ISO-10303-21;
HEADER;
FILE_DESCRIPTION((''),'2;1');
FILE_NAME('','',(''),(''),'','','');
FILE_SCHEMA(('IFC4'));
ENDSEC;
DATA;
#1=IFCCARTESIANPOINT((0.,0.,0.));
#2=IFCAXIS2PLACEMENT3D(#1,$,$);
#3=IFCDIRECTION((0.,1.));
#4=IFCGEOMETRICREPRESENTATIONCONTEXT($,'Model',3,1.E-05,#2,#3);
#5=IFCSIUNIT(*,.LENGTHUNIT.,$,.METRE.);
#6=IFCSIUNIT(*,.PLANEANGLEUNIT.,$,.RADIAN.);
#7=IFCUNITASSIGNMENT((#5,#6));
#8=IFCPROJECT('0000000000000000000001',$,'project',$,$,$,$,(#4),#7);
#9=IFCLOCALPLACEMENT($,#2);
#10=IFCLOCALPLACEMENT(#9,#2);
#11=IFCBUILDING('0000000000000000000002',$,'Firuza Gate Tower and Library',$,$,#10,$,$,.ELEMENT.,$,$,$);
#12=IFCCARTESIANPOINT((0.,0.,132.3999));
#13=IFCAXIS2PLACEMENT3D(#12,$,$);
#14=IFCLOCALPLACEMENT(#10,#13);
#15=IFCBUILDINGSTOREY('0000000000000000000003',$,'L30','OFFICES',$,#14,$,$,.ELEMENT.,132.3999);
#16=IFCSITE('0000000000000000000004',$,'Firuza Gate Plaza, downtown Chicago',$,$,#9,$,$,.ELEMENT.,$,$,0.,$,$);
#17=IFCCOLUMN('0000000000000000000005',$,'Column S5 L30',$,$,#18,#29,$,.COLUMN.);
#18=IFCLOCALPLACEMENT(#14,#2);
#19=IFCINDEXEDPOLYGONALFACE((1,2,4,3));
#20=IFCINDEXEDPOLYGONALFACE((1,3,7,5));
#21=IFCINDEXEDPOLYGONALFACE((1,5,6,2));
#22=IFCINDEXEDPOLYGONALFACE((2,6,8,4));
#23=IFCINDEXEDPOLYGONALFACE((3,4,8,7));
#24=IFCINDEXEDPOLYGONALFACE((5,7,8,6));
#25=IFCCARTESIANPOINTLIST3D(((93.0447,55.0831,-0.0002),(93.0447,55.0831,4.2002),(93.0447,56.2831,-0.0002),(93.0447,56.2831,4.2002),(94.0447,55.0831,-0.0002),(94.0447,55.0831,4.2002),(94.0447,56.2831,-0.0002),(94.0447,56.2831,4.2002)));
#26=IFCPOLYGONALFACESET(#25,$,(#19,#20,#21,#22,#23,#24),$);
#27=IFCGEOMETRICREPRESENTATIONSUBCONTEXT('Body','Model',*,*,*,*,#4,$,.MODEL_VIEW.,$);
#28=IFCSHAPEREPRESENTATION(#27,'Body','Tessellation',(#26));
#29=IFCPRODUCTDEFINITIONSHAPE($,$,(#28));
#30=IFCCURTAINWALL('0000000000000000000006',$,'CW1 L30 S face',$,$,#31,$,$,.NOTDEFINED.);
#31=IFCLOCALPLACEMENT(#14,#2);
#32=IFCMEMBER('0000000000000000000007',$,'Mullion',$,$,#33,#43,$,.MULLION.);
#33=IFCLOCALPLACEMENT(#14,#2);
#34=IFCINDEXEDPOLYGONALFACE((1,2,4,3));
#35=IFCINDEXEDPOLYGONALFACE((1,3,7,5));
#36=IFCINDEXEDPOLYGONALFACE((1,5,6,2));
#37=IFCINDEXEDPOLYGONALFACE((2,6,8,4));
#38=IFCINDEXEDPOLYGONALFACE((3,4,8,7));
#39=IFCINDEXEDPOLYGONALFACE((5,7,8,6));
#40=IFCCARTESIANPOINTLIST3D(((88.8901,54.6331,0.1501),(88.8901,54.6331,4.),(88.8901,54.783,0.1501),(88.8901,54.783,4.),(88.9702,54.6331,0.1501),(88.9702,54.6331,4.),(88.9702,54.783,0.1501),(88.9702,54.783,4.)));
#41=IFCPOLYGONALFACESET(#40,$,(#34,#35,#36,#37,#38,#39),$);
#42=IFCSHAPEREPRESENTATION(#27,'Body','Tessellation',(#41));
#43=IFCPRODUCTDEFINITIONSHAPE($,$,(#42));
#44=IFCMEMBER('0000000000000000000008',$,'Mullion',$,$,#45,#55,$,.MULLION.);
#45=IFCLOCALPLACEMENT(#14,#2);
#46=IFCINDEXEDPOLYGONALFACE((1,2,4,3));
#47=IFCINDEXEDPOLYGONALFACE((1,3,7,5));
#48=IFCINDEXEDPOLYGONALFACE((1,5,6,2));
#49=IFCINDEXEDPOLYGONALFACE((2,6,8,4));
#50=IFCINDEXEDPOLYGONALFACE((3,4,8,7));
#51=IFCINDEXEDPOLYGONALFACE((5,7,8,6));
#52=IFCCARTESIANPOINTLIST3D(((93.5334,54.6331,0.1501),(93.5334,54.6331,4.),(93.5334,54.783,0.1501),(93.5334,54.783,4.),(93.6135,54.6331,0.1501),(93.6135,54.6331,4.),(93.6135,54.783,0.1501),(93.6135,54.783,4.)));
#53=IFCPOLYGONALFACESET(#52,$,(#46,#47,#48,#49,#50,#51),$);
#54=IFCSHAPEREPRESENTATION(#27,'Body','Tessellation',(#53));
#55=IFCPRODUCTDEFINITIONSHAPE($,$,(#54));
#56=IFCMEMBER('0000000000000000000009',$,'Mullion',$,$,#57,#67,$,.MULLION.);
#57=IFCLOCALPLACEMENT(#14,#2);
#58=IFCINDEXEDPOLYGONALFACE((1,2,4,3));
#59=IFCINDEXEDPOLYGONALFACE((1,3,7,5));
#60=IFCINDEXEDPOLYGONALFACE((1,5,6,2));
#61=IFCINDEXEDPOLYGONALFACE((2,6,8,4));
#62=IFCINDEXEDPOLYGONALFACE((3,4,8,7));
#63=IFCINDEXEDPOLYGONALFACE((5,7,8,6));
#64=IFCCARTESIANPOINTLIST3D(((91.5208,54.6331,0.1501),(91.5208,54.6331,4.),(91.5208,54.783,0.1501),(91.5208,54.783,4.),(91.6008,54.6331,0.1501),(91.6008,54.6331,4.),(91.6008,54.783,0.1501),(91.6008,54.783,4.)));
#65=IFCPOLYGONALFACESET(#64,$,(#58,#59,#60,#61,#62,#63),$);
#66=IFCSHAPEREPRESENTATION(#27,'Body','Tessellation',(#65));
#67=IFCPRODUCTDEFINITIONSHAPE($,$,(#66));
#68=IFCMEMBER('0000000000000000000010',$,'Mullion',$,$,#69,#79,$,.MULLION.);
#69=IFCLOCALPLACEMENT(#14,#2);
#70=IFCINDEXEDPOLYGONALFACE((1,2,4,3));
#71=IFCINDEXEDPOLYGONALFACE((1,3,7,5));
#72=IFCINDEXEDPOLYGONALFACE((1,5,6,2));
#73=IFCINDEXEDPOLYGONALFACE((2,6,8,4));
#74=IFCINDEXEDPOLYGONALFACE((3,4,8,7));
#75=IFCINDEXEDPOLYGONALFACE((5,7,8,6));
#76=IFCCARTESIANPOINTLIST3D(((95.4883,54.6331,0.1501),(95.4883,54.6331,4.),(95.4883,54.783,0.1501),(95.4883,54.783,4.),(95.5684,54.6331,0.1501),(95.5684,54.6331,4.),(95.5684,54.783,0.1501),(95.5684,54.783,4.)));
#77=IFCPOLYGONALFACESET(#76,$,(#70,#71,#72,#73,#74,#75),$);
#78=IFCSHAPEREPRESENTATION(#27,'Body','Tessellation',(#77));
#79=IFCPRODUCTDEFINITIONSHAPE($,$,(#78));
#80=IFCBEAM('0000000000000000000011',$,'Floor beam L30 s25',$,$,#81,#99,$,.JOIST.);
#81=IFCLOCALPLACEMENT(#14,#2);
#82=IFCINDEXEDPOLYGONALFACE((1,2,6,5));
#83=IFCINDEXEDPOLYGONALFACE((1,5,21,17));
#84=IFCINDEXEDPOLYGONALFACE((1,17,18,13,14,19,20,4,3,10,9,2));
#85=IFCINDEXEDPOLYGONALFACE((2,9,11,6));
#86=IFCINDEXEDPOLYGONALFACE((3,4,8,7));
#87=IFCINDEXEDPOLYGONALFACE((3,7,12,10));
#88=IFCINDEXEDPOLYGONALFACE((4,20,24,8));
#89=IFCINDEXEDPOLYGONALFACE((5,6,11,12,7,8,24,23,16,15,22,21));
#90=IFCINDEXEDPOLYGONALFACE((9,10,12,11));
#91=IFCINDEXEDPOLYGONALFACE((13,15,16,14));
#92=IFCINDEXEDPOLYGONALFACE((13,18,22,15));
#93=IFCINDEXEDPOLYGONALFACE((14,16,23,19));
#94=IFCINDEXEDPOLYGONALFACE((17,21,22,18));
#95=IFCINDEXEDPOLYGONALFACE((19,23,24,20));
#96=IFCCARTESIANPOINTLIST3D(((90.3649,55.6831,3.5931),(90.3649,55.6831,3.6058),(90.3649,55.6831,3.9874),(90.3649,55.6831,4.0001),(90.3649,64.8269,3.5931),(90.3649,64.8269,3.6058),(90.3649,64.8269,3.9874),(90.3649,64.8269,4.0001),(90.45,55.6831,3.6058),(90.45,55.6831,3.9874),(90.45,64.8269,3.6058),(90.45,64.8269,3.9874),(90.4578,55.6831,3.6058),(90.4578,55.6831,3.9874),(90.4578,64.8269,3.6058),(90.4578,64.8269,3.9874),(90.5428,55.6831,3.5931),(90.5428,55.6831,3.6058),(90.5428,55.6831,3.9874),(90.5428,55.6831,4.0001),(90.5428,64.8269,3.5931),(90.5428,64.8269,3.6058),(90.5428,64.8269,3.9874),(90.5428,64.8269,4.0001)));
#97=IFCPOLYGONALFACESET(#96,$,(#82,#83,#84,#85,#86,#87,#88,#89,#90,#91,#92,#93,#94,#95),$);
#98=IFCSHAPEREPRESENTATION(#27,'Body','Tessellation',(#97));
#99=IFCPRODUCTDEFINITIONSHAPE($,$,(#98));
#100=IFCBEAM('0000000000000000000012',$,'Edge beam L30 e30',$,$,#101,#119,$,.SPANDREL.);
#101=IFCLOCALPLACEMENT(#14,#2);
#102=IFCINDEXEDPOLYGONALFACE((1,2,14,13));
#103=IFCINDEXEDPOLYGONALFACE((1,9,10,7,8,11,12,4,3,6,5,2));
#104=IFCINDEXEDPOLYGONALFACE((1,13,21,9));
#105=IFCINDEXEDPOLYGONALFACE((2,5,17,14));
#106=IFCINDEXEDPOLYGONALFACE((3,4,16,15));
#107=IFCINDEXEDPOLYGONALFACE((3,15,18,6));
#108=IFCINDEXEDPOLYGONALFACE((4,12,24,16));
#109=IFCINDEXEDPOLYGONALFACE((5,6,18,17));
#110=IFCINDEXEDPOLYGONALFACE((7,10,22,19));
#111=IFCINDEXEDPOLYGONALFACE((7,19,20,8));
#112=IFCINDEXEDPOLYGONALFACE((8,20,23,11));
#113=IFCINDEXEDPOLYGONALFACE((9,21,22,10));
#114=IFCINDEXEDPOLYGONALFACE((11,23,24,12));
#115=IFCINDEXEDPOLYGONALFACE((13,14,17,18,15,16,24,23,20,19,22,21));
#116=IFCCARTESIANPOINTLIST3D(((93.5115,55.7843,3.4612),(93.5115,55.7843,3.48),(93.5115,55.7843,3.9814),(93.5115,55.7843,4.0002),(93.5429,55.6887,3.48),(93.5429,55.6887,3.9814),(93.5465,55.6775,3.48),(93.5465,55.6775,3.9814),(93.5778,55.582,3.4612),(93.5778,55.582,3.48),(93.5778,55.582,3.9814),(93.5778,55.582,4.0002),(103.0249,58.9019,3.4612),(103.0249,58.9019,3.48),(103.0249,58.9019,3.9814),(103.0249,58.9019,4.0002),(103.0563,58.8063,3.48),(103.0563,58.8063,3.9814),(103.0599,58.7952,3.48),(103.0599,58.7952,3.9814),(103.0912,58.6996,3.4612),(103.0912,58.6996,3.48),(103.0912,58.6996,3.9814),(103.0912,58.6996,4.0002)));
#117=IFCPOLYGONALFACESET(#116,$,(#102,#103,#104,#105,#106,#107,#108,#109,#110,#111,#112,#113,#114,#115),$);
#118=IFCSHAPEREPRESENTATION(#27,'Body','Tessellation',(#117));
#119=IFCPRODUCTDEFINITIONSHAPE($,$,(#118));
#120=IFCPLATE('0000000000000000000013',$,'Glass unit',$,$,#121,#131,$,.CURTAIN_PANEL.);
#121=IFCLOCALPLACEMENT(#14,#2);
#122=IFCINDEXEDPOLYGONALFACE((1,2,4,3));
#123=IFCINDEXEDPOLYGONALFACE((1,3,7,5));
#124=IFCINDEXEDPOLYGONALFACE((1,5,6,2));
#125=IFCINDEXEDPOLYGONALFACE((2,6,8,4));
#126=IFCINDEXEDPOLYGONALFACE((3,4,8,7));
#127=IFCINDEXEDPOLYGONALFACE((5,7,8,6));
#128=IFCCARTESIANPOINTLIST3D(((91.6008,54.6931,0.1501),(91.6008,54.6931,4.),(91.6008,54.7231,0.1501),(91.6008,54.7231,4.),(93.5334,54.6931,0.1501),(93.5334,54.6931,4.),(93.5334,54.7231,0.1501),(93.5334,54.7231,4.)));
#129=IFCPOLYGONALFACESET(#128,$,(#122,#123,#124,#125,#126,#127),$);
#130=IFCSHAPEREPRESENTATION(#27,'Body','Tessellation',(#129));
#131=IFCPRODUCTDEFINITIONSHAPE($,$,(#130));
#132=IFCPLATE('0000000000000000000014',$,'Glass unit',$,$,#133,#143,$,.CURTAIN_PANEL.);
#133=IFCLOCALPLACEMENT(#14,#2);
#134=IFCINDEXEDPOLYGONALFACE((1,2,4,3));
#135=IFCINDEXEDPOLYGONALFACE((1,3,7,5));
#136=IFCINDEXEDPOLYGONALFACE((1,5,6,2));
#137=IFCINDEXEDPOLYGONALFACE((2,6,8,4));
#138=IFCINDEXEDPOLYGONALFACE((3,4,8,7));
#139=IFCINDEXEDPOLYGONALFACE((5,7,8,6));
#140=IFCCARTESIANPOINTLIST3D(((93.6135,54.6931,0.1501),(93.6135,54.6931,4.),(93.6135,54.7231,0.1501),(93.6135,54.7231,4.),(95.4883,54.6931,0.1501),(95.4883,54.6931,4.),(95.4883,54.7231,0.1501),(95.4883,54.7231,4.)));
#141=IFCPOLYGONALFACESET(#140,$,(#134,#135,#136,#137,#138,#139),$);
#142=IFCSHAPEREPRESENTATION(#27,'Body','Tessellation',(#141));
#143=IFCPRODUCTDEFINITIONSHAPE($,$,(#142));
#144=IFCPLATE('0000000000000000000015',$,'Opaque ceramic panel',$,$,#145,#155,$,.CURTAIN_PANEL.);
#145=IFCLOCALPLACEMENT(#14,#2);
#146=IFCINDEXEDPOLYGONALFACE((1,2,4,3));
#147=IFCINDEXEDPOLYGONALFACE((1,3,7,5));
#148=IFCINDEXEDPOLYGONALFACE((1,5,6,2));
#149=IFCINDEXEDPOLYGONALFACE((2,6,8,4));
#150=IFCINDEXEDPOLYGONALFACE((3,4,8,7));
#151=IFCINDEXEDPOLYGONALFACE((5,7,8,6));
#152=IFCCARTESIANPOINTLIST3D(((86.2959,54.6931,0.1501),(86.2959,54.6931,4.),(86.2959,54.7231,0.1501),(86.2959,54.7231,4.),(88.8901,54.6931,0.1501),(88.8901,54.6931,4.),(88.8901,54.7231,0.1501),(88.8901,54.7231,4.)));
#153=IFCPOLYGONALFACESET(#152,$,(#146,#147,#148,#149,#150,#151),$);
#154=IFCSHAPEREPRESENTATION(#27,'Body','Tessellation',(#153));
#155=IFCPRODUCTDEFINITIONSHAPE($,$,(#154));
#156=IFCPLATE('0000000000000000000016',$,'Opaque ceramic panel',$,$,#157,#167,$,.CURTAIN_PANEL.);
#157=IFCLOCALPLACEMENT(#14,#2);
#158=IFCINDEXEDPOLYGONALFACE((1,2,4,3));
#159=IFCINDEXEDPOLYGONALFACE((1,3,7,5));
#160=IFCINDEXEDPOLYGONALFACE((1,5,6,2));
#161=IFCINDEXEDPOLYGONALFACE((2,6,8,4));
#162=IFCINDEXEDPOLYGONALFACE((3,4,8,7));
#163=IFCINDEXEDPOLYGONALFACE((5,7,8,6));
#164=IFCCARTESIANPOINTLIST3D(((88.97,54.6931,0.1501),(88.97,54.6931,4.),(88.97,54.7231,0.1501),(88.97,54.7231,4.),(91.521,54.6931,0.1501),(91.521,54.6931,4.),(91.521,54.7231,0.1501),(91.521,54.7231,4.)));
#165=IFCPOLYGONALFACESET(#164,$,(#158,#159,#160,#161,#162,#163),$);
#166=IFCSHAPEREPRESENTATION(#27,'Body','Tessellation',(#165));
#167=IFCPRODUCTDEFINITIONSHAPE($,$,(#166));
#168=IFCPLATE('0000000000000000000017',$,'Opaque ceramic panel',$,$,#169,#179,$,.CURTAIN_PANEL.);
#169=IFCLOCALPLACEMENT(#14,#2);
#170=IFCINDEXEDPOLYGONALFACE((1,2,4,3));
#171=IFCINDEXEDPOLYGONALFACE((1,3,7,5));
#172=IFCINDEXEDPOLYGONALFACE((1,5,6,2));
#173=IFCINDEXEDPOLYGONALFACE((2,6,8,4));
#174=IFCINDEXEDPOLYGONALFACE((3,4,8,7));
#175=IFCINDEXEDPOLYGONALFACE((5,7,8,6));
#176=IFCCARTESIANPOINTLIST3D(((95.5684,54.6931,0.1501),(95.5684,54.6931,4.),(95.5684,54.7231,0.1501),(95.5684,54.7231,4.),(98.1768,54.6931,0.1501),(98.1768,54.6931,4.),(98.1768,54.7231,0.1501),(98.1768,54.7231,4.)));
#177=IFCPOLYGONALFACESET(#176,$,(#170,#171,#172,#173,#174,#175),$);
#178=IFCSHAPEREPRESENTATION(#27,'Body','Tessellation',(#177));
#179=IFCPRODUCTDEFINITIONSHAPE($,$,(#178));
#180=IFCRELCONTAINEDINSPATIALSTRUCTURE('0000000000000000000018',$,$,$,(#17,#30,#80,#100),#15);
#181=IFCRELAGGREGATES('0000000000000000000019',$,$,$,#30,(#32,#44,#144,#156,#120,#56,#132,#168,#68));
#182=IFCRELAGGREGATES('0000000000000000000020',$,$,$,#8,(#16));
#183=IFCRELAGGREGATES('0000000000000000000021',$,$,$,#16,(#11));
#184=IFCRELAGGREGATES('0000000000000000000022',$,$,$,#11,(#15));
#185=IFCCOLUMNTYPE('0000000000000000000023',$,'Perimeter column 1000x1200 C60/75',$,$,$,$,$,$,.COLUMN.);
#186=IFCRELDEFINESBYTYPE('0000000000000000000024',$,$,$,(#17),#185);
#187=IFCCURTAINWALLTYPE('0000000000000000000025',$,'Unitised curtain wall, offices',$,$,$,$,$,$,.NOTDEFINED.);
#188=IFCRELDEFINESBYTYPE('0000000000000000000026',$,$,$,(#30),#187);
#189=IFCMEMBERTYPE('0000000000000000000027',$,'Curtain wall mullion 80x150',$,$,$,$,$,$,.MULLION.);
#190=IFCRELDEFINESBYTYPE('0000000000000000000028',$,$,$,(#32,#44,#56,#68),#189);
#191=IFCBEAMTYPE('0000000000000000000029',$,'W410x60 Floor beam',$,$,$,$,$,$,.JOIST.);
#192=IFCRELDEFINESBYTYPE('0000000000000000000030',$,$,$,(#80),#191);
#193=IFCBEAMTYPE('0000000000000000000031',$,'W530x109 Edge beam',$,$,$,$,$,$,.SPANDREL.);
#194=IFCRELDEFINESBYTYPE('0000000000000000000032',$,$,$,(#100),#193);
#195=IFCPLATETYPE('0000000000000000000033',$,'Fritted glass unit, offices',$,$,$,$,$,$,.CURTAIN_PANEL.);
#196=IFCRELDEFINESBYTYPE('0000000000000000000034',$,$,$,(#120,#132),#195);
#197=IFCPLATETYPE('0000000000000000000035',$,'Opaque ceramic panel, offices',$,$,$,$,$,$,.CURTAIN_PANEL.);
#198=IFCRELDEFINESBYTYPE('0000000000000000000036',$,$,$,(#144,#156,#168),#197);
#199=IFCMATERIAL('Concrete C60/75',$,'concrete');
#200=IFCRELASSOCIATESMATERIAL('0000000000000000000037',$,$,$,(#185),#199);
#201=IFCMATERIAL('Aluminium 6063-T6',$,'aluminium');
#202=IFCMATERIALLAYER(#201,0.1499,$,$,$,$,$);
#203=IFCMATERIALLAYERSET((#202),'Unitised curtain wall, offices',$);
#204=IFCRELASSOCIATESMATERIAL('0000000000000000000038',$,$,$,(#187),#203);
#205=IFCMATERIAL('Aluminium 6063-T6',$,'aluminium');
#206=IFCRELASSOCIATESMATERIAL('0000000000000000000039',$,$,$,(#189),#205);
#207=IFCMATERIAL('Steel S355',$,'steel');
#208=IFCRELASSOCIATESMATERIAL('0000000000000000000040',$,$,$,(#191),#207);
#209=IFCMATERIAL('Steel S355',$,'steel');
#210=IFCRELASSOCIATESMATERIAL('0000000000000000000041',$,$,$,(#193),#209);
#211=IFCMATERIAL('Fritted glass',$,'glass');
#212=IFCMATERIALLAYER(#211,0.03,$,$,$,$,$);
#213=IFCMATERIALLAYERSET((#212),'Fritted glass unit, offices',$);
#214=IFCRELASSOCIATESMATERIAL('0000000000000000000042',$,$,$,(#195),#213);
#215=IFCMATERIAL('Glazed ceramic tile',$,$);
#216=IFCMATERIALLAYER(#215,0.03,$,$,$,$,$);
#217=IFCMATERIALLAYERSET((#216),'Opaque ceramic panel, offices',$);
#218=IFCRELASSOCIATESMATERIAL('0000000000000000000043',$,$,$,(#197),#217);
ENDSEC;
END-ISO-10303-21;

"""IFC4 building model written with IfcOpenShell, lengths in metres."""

from ifc_helpers import new_model, si_unit, direction, frame, origin, origin_2d, place, context, subcontext, project, spatial, polyline, rectangle, i_section, outline, extrude, material, layer, layer_set, material_profile, profile_set, type_object, element, aggregate, save


model = new_model("IFC4")

# Units and contexts
model_context = context("Model", 3, precision=1e-05, world=origin(), true_north=direction((0.0, 1.0)))
body_context = subcontext(model_context, "Body", "Model", "MODEL_VIEW")
ifc_project = project(units=[si_unit("LENGTHUNIT", "METRE"), si_unit("PLANEANGLEUNIT", "RADIAN")], contexts=[model_context])

# Site, building, storey
site_placement = place(None, origin())
site = spatial("IfcSite", under=ifc_project, at=site_placement, Name="Firuza Gate Plaza, downtown Chicago", CompositionType="ELEMENT", RefElevation=0.0)
building_placement = place(site_placement, origin())
building = spatial("IfcBuilding", under=site, at=building_placement, Name="Firuza Gate Tower and Library", CompositionType="ELEMENT")
storey_placement = place(building_placement, frame((0.0, 0.0, 132.3999)))
storey = spatial("IfcBuildingStorey", under=building, at=storey_placement, Name="L30", Description="OFFICES", CompositionType="ELEMENT", Elevation=132.3999)

# Column
ifc_material_1 = material(Name="Concrete C60/75", Category="concrete")
ifc_material_profile_1 = material_profile(ifc_material_1, rectangle(XDim=1.0, YDim=1.2, at=origin_2d()))
ifc_profile_set_1 = profile_set([ifc_material_profile_1], Name="Concrete C60/75")
column_type = type_object("IfcColumnType", Name="Perimeter column 1000x1200 C60/75", PredefinedType="COLUMN", material=ifc_profile_set_1)
column_placement = place(storey_placement, frame((93.5447, 55.6831, -0.0002), z_axis=(0.0, 0.0, 1.0), x_axis=(1.0, 0.0, 0.0)))
element("IfcColumn", 1, at=column_placement, inside=storey, type_object=column_type, Name="Column S5 L30", PredefinedType="COLUMN", context=body_context, shape_type="SweptSolid", body=[
    extrude(rectangle(XDim=1.0, YDim=1.2, at=origin_2d()), origin(), (0.0, 0.0, 1.0), 4.2004),
])

# Curtain wall, members
ifc_material_2 = material(Name="Aluminium 6063-T6", Category="aluminium")
ifc_layer_1 = layer(ifc_material_2, 0.1499)
ifc_layer_set_1 = layer_set([ifc_layer_1], Name="Unitised curtain wall, offices")
curtain_wall_type = type_object("IfcCurtainWallType", Name="Unitised curtain wall, offices", PredefinedType="NOTDEFINED", material=ifc_layer_set_1)
curtain_wall_placement = place(storey_placement, origin())
curtain_wall = element("IfcCurtainWall", 2, at=curtain_wall_placement, inside=storey, type_object=curtain_wall_type, Name="CW1 L30 S face", PredefinedType="NOTDEFINED")
ifc_material_3 = material(Name="Aluminium 6063-T6", Category="aluminium")
ifc_material_profile_2 = material_profile(ifc_material_3, rectangle(XDim=0.1499, YDim=0.0801, at=origin_2d()))
ifc_profile_set_2 = profile_set([ifc_material_profile_2], Name="Aluminium 6063-T6")
member_type = type_object("IfcMemberType", Name="Curtain wall mullion 80x150", PredefinedType="MULLION", material=ifc_profile_set_2)
member_1_placement = place(storey_placement, frame((88.9302, 54.708, 0.1501), z_axis=(0.0, 0.0, 1.0), x_axis=(0.0, 1.0, 0.0)))
member_1 = element("IfcMember", 3, at=member_1_placement, type_object=member_type, Name="Mullion", PredefinedType="MULLION", context=body_context, shape_type="SweptSolid", body=[
    extrude(rectangle(XDim=0.1499, YDim=0.0801, at=origin_2d()), origin(), (0.0, 0.0, 1.0), 3.8499),
])
member_2_placement = place(storey_placement, frame((93.5735, 54.708, 0.1501), z_axis=(0.0, 0.0, 1.0), x_axis=(0.0, 1.0, 0.0)))
member_2 = element("IfcMember", 4, at=member_2_placement, type_object=member_type, Name="Mullion", PredefinedType="MULLION", context=body_context, shape_type="SweptSolid", body=[
    extrude(rectangle(XDim=0.1499, YDim=0.0801, at=origin_2d()), origin(), (0.0, 0.0, 1.0), 3.8499),
])
member_3_placement = place(storey_placement, frame((91.5608, 54.708, 0.1501), z_axis=(0.0, 0.0, 1.0), x_axis=(0.0, 1.0, 0.0)))
member_3 = element("IfcMember", 5, at=member_3_placement, type_object=member_type, Name="Mullion", PredefinedType="MULLION", context=body_context, shape_type="SweptSolid", body=[
    extrude(rectangle(XDim=0.1499, YDim=0.0801, at=origin_2d()), origin(), (0.0, 0.0, 1.0), 3.8499),
])
member_4_placement = place(storey_placement, frame((95.5283, 54.708, 0.1501), z_axis=(0.0, 0.0, 1.0), x_axis=(0.0, 1.0, 0.0)))
member_4 = element("IfcMember", 6, at=member_4_placement, type_object=member_type, Name="Mullion", PredefinedType="MULLION", context=body_context, shape_type="SweptSolid", body=[
    extrude(rectangle(XDim=0.1499, YDim=0.0801, at=origin_2d()), origin(), (0.0, 0.0, 1.0), 3.8499),
])

# Beams
ifc_material_4 = material(Name="Steel S355", Category="steel")
ifc_material_profile_3 = material_profile(ifc_material_4, i_section(OverallWidth=0.178, OverallDepth=0.407, WebThickness=0.0078, FlangeThickness=0.0127, at=origin_2d()))
ifc_profile_set_3 = profile_set([ifc_material_profile_3], Name="Steel S355")
beam_type_1 = type_object("IfcBeamType", Name="W410x60 Floor beam", PredefinedType="JOIST", material=ifc_profile_set_3)
beam_1_placement = place(storey_placement, frame((90.4539, 55.6831, 3.7966), z_axis=(0.0, 1.0, 0.0), x_axis=(-1.0, 0.0, 0.0)))
element("IfcBeam", 7, at=beam_1_placement, inside=storey, type_object=beam_type_1, Name="Floor beam L30 s25", PredefinedType="JOIST", context=body_context, shape_type="SweptSolid", body=[
    extrude(i_section(OverallWidth=0.178, OverallDepth=0.407, WebThickness=0.0078, FlangeThickness=0.0127, at=origin_2d()), origin(), (0.0, 0.0, 1.0), 9.1438),
])
ifc_material_5 = material(Name="Steel S355", Category="steel")
ifc_material_profile_4 = material_profile(ifc_material_5, i_section(OverallWidth=0.2129, OverallDepth=0.5391, WebThickness=0.0117, FlangeThickness=0.0188, at=origin_2d()))
ifc_profile_set_4 = profile_set([ifc_material_profile_4], Name="Steel S355")
beam_type_2 = type_object("IfcBeamType", Name="W530x109 Edge beam", PredefinedType="SPANDREL", material=ifc_profile_set_4)
beam_2_placement = place(storey_placement, frame((93.5447, 55.6831, 3.7307), z_axis=(0.950273, 0.311417, 0.0), x_axis=(-0.311417, 0.950273, 0.0)))
element("IfcBeam", 8, at=beam_2_placement, inside=storey, type_object=beam_type_2, Name="Edge beam L30 e30", PredefinedType="SPANDREL", context=body_context, shape_type="SweptSolid", body=[
    extrude(i_section(OverallWidth=0.2129, OverallDepth=0.5391, WebThickness=0.0117, FlangeThickness=0.0188, at=origin_2d()), origin(), (0.0, 0.0, 1.0), 10.0112),
])

# Plates
ifc_material_6 = material(Name="Fritted glass", Category="glass")
ifc_layer_2 = layer(ifc_material_6, 0.03)
ifc_layer_set_2 = layer_set([ifc_layer_2], Name="Fritted glass unit, offices")
plate_type_1 = type_object("IfcPlateType", Name="Fritted glass unit, offices", PredefinedType="CURTAIN_PANEL", material=ifc_layer_set_2)
plate_1_placement = place(storey_placement, frame((91.6008, 54.6931, 0.1501), z_axis=(0.0, -1.0, 0.0), x_axis=(1.0, 0.0, 0.0)))
plate_1 = element("IfcPlate", 9, at=plate_1_placement, type_object=plate_type_1, Name="Glass unit", PredefinedType="CURTAIN_PANEL", context=body_context, shape_type="SweptSolid", body=[
    extrude(outline(polyline([(0.0, 0.0), (1.9326, 0.0), (1.9326, 3.8499), (0.0, 3.8499), (0.0, 0.0)])), origin(), (0.0, 0.0, -1.0), 0.03),
])
plate_2_placement = place(storey_placement, frame((93.6135, 54.6931, 0.1501), z_axis=(0.0, -1.0, 0.0), x_axis=(1.0, 0.0, 0.0)))
plate_2 = element("IfcPlate", 10, at=plate_2_placement, type_object=plate_type_1, Name="Glass unit", PredefinedType="CURTAIN_PANEL", context=body_context, shape_type="SweptSolid", body=[
    extrude(outline(polyline([(0.0, 0.0), (1.8748, 0.0), (1.8748, 3.8499), (0.0, 3.8499), (0.0, 0.0)])), origin(), (0.0, 0.0, -1.0), 0.03),
])
ifc_material_7 = material(Name="Glazed ceramic tile")
ifc_layer_3 = layer(ifc_material_7, 0.03)
ifc_layer_set_3 = layer_set([ifc_layer_3], Name="Opaque ceramic panel, offices")
plate_type_2 = type_object("IfcPlateType", Name="Opaque ceramic panel, offices", PredefinedType="CURTAIN_PANEL", material=ifc_layer_set_3)
plate_3_placement = place(storey_placement, frame((86.2959, 54.6931, 0.1501), z_axis=(0.0, -1.0, 0.0), x_axis=(1.0, 0.0, 0.0)))
plate_3 = element("IfcPlate", 11, at=plate_3_placement, type_object=plate_type_2, Name="Opaque ceramic panel", PredefinedType="CURTAIN_PANEL", context=body_context, shape_type="SweptSolid", body=[
    extrude(outline(polyline([(0.0, 0.0), (2.5942, 0.0), (2.5942, 3.8499), (0.0, 3.8499), (0.0, 0.0)])), origin(), (0.0, 0.0, -1.0), 0.03),
])
plate_4_placement = place(storey_placement, frame((88.97, 54.6931, 0.1501), z_axis=(0.0, -1.0, 0.0), x_axis=(1.0, 0.0, 0.0)))
plate_4 = element("IfcPlate", 12, at=plate_4_placement, type_object=plate_type_2, Name="Opaque ceramic panel", PredefinedType="CURTAIN_PANEL", context=body_context, shape_type="SweptSolid", body=[
    extrude(outline(polyline([(0.0, 0.0), (2.551, 0.0), (2.551, 3.8499), (0.0, 3.8499), (0.0, 0.0)])), origin(), (0.0, 0.0, -1.0), 0.03),
])
plate_5_placement = place(storey_placement, frame((95.5684, 54.6931, 0.1501), z_axis=(0.0, -1.0, 0.0), x_axis=(1.0, 0.0, 0.0)))
plate_5 = element("IfcPlate", 13, at=plate_5_placement, type_object=plate_type_2, Name="Opaque ceramic panel", PredefinedType="CURTAIN_PANEL", context=body_context, shape_type="SweptSolid", body=[
    extrude(outline(polyline([(0.0, 0.0), (2.6084, 0.0), (2.6084, 3.8499), (0.0, 3.8499), (0.0, 0.0)])), origin(), (0.0, 0.0, -1.0), 0.03),
])
aggregate(curtain_wall, [member_1, member_2, plate_3, plate_4, plate_1, member_3, plate_2, plate_5, member_4])

save(model, "model.ifc")
